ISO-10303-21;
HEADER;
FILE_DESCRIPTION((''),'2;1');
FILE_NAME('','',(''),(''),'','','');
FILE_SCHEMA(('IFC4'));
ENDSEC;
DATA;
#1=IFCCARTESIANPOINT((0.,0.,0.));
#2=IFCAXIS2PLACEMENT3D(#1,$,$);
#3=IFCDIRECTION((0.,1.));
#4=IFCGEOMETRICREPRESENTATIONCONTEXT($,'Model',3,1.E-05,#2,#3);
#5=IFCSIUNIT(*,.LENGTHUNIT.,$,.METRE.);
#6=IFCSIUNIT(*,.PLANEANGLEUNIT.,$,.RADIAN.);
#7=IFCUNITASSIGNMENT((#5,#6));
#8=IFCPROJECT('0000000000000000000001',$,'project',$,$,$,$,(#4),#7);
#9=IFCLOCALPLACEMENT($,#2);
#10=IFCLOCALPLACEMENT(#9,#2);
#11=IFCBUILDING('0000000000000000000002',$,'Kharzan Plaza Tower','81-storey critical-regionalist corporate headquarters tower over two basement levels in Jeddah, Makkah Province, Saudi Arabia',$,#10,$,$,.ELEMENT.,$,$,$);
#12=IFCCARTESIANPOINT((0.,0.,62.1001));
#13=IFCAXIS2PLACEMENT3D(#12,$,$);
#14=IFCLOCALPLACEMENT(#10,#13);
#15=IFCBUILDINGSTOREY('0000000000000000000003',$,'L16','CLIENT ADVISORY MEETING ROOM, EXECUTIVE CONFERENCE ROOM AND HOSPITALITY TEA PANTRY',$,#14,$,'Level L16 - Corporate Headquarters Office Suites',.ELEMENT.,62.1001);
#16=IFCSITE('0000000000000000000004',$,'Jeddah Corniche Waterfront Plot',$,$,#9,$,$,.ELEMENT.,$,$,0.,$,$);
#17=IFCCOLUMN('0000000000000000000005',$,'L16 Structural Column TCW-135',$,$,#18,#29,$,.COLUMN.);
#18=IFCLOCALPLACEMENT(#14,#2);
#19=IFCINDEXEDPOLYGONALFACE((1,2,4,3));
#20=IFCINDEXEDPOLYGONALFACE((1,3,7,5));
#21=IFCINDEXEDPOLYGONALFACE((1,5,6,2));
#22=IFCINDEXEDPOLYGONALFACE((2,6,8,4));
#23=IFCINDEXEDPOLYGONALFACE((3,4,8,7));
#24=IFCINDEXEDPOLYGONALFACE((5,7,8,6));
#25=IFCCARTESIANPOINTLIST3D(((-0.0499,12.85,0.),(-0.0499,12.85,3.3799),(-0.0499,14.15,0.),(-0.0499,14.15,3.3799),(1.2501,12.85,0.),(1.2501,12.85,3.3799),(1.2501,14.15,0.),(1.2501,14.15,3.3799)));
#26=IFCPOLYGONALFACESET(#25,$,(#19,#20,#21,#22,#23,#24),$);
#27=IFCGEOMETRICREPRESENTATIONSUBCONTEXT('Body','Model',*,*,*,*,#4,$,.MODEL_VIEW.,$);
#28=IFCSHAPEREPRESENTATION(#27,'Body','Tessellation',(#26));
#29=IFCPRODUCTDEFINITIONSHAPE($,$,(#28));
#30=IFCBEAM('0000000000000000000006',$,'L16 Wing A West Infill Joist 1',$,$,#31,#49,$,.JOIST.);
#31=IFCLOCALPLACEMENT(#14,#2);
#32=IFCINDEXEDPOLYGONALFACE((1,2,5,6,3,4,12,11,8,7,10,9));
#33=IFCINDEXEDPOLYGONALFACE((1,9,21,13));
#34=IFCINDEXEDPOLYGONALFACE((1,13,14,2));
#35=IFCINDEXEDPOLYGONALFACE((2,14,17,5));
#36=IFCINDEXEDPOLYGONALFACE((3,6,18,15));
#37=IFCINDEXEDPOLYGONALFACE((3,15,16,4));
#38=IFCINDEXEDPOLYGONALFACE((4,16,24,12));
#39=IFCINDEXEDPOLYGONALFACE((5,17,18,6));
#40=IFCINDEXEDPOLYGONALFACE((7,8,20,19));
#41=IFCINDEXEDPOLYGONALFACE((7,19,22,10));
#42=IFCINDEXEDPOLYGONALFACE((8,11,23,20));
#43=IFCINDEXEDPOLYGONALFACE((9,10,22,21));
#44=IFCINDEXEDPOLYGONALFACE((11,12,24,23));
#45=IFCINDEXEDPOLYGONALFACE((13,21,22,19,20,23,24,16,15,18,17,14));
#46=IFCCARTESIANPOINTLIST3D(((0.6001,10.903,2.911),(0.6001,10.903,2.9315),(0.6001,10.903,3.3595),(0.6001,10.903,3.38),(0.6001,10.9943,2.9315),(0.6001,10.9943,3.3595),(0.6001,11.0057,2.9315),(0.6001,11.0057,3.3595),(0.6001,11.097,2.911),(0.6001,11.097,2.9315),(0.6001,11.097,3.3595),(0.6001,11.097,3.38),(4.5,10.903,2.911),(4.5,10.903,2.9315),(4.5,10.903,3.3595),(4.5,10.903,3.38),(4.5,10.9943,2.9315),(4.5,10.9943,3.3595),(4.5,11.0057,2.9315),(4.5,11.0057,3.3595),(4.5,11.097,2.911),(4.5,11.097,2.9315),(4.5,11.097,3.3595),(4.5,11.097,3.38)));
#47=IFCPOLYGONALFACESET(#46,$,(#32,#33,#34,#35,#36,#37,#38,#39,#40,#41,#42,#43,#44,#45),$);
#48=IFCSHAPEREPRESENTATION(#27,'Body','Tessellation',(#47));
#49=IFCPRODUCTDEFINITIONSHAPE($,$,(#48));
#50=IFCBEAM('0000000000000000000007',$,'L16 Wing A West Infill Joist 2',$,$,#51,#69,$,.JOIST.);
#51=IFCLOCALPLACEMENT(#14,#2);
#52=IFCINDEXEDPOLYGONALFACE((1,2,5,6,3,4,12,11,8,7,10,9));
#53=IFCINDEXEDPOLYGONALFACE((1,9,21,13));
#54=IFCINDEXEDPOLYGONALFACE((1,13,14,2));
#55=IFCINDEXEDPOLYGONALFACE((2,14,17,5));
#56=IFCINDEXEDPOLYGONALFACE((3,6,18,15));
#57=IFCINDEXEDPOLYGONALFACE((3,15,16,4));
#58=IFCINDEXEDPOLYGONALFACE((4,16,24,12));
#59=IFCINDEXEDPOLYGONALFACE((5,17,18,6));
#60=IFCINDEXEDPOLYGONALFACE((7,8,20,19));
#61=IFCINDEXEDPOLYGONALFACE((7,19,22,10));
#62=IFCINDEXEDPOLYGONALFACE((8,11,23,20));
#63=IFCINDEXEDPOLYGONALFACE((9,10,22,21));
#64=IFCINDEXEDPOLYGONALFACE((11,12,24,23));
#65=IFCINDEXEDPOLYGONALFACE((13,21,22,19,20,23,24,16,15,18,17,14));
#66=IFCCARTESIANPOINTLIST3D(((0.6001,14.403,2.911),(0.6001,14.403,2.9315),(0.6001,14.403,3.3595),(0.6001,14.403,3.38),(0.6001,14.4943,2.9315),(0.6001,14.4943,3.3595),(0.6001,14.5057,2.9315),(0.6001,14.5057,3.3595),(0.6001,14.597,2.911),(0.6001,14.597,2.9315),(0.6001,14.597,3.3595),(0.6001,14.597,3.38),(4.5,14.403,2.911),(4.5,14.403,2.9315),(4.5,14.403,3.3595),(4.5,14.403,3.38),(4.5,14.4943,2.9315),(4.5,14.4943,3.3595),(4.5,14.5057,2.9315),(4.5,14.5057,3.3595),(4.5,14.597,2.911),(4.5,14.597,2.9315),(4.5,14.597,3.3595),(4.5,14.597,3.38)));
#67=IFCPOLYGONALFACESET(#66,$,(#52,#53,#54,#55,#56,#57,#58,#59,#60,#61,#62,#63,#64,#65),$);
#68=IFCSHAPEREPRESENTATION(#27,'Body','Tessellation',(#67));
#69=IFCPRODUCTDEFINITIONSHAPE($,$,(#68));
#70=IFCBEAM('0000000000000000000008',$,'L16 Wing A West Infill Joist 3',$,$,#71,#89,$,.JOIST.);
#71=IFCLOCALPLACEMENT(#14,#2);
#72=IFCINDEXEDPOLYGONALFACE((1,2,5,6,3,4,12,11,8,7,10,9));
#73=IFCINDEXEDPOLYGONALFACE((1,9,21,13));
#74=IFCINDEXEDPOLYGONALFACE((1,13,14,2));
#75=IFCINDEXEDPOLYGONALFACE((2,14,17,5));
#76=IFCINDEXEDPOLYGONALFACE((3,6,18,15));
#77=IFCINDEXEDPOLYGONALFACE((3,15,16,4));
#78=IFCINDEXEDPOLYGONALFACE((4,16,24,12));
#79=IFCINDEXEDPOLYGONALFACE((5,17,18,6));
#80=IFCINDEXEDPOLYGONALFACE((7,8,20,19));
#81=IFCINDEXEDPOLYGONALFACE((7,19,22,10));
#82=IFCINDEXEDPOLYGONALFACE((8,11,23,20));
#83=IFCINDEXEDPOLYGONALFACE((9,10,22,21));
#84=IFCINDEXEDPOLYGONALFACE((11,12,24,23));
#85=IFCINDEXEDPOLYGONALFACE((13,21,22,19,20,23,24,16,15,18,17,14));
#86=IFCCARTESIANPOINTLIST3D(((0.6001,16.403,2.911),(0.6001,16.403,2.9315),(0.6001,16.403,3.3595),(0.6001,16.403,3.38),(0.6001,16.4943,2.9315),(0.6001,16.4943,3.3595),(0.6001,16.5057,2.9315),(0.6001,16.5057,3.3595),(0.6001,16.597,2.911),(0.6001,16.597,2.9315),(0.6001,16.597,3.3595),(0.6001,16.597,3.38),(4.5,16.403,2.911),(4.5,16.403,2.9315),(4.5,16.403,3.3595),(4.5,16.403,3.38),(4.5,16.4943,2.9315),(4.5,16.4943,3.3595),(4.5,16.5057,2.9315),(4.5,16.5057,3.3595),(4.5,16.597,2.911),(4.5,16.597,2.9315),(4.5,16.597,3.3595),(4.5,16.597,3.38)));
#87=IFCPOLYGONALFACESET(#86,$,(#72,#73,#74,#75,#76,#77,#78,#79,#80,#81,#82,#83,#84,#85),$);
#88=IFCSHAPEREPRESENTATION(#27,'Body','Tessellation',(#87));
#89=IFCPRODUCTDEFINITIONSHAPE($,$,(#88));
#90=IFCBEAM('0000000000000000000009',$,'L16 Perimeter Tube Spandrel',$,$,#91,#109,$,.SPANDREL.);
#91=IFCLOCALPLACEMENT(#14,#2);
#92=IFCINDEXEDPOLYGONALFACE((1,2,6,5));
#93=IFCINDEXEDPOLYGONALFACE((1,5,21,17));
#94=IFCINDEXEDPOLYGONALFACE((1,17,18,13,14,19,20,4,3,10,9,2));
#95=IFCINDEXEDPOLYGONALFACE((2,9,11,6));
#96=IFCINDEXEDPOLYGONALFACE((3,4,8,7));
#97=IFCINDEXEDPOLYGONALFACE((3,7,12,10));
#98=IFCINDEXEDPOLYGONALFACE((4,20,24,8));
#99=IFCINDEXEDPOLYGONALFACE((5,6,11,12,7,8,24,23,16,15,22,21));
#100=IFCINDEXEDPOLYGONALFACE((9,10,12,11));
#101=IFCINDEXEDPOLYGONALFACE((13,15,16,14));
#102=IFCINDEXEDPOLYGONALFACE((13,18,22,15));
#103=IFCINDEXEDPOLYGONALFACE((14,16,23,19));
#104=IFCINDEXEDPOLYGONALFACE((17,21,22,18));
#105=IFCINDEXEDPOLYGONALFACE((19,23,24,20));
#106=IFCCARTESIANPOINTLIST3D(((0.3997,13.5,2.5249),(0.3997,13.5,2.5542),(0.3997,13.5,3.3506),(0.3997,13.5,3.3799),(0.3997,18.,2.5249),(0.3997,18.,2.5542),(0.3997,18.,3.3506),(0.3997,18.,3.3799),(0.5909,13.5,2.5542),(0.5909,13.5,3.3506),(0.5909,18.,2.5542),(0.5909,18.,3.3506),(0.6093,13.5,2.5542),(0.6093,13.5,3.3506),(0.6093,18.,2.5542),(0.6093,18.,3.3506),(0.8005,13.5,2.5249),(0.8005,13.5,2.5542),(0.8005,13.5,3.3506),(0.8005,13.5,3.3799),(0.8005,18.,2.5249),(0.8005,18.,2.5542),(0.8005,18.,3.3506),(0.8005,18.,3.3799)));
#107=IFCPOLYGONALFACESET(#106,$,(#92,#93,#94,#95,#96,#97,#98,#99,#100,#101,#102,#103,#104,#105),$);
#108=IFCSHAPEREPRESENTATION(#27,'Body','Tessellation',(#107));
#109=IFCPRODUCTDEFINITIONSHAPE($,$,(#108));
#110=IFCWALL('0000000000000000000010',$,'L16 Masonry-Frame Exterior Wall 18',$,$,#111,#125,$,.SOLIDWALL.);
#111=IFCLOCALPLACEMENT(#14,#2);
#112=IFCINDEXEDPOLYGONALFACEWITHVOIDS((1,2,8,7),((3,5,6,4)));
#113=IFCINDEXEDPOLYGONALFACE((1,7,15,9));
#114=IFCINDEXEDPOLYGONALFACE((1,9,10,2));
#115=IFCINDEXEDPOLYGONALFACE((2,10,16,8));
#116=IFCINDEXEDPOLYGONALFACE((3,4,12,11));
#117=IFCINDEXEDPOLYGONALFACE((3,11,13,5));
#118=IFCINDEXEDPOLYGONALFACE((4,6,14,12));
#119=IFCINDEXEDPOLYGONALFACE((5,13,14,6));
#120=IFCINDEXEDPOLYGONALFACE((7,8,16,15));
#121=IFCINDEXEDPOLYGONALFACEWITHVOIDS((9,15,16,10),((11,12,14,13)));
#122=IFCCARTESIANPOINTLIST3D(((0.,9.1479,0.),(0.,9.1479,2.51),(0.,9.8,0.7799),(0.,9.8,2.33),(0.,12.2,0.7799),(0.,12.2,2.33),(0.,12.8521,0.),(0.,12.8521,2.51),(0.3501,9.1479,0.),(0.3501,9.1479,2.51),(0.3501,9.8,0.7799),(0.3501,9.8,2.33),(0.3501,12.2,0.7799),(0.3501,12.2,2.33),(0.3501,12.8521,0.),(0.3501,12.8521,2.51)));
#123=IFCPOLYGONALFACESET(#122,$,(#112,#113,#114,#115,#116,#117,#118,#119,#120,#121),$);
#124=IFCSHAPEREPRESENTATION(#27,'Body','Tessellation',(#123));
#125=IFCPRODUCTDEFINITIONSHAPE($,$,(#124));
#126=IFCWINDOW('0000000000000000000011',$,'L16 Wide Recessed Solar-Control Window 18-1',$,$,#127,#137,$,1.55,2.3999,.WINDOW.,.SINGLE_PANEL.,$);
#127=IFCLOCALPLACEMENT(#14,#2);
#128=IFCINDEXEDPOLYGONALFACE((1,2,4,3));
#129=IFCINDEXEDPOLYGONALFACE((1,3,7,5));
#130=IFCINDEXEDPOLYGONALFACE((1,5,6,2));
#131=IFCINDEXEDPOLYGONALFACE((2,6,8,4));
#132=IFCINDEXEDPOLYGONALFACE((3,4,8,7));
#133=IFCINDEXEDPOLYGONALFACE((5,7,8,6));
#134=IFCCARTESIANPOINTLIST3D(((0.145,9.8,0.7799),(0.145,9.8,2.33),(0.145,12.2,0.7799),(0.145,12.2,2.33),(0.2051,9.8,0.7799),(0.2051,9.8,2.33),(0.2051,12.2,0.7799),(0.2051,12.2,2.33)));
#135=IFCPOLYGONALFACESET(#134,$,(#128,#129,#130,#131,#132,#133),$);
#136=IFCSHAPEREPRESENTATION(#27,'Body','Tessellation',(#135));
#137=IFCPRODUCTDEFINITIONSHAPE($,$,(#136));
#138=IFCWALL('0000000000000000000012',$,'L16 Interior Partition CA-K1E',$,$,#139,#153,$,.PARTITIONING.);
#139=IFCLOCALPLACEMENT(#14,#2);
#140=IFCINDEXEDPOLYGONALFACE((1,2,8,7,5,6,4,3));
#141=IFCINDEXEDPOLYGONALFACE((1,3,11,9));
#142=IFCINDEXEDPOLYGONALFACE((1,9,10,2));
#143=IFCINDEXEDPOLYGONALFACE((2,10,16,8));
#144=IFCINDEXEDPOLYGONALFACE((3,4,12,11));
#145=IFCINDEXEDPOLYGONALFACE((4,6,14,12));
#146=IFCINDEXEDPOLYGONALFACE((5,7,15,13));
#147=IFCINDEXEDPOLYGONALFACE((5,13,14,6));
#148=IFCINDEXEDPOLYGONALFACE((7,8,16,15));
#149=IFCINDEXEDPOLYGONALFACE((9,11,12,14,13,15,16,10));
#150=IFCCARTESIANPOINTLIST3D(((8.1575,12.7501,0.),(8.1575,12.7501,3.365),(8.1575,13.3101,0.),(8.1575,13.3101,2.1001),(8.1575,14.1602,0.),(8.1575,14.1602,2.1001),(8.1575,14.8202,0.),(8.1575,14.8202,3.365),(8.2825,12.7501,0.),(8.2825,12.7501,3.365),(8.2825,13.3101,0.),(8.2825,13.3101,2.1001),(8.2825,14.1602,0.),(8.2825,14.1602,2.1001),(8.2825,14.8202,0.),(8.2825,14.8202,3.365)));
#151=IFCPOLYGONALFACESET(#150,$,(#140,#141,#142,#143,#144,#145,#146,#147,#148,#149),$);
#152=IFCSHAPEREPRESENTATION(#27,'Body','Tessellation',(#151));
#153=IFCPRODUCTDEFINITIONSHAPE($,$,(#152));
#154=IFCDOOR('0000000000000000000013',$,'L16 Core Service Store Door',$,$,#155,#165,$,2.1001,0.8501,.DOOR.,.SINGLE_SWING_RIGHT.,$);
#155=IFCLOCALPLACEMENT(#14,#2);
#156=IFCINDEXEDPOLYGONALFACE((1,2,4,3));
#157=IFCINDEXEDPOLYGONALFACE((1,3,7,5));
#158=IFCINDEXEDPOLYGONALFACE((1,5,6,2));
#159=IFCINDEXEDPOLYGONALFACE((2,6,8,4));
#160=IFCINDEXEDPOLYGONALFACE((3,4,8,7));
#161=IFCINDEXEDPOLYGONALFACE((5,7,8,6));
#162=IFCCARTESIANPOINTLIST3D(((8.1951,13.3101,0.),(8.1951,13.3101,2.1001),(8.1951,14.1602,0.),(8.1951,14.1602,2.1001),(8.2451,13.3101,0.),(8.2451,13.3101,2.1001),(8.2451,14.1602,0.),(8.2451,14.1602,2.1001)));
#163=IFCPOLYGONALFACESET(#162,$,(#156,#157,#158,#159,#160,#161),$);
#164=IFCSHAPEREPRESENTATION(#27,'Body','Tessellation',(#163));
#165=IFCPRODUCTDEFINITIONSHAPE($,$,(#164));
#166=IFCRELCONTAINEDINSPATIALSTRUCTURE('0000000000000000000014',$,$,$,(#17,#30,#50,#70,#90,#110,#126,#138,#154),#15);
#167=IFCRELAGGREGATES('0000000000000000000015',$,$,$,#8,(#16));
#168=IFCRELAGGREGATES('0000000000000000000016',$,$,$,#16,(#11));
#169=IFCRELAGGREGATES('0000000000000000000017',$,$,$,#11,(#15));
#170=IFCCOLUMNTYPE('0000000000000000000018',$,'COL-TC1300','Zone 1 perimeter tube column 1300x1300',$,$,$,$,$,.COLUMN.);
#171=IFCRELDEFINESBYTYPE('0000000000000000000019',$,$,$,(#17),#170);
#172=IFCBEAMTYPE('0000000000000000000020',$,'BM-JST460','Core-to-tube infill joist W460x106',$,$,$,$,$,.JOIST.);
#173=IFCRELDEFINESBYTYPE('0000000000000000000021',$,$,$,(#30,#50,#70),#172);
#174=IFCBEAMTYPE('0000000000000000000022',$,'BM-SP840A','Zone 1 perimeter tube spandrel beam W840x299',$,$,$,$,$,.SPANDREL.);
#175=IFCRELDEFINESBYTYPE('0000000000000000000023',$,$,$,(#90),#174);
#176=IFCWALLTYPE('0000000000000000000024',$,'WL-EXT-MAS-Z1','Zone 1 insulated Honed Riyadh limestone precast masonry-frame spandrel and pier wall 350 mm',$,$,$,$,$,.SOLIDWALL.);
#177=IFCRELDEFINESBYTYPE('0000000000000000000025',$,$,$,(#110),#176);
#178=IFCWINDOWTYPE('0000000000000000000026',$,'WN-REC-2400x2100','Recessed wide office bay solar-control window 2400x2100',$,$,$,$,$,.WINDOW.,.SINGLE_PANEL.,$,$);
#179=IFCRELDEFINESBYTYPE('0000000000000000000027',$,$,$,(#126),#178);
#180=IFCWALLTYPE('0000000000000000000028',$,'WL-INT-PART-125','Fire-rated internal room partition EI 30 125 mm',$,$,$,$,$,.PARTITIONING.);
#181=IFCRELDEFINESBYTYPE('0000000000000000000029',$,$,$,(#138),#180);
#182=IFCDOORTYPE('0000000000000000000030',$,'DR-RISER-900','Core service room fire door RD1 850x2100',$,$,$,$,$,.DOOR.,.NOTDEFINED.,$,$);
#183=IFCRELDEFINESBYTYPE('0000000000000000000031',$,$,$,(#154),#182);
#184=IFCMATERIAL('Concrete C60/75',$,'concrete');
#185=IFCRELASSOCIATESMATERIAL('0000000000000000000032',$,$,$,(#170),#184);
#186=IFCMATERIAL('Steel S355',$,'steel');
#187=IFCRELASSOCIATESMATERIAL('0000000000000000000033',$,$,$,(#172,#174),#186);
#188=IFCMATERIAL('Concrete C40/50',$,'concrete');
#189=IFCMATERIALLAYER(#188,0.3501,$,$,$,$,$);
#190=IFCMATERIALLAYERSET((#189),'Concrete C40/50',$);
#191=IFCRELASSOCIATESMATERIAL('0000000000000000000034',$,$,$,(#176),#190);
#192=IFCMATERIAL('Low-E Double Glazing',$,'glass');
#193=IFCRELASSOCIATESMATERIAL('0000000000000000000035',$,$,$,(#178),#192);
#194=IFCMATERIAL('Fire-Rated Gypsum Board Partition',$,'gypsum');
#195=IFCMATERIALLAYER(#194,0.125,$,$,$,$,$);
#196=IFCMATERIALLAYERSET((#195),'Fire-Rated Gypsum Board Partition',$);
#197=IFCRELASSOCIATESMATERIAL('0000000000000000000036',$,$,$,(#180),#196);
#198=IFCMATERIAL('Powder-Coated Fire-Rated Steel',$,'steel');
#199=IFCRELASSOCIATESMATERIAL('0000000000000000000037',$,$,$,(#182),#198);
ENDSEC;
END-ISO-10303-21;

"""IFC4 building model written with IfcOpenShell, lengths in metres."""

from ifc_helpers import new_model, si_unit, direction, frame, frame_2d, origin, origin_2d, place, context, subcontext, project, spatial, rectangle, i_section, extrude, source, transform, mapped, material, layer, layer_set, material_profile, profile_set, type_object, element, fill, save


model = new_model("IFC4")

# Units and contexts
model_context = context("Model", 3, precision=1e-05, world=origin(), true_north=direction((0.0, 1.0)))
body_context = subcontext(model_context, "Body", "Model", "MODEL_VIEW")
ifc_project = project(units=[si_unit("LENGTHUNIT", "METRE"), si_unit("PLANEANGLEUNIT", "RADIAN")], contexts=[model_context])

# Site, building, storey
site_placement = place(None, origin())
site = spatial("IfcSite", under=ifc_project, at=site_placement, Name="Jeddah Corniche Waterfront Plot", CompositionType="ELEMENT", RefElevation=0.0)
building_placement = place(site_placement, origin())
building = spatial("IfcBuilding", under=site, at=building_placement, Name="Kharzan Plaza Tower", Description="81-storey critical-regionalist corporate headquarters tower over two basement levels in Jeddah, Makkah Province, Saudi Arabia", CompositionType="ELEMENT")
storey_placement = place(building_placement, frame((0.0, 0.0, 62.1001)))
storey = spatial("IfcBuildingStorey", under=building, at=storey_placement, Name="L16", Description="CLIENT ADVISORY MEETING ROOM, EXECUTIVE CONFERENCE ROOM AND HOSPITALITY TEA PANTRY", LongName="Level L16 - Corporate Headquarters Office Suites", CompositionType="ELEMENT", Elevation=62.1001)

# Column
ifc_material_1 = material(Name="Concrete C60/75", Category="concrete")
ifc_material_profile_1 = material_profile(ifc_material_1, rectangle(XDim=1.3, YDim=1.3, at=origin_2d()), Name="RC-TC1300x1300")
ifc_profile_set_1 = profile_set([ifc_material_profile_1], Name="Concrete C60/75")
column_type = type_object("IfcColumnType", Name="COL-TC1300", Description="Zone 1 perimeter tube column 1300x1300", PredefinedType="COLUMN", material=ifc_profile_set_1)
shared_shape_1 = source(origin(), body_context, "Body", "SweptSolid", [
    extrude(rectangle(XDim=1.3, YDim=1.3, at=origin_2d()), origin(), (0.0, 0.0, 1.0), 3.3799),
])
column_placement = place(storey_placement, frame((0.6001, 13.5, 0.0), z_axis=(0.0, 0.0, 1.0), x_axis=(1.0, 0.0, 0.0)))
element("IfcColumn", 1, at=column_placement, inside=storey, type_object=column_type, Name="L16 Structural Column TCW-135", PredefinedType="COLUMN", context=body_context, shape_type="MappedRepresentation", body=[
    mapped(shared_shape_1, transform((0.0, 0.0, 0.0), x_axis=(1.0, 0.0, 0.0), y_axis=(0.0, 1.0, 0.0), z_axis=(0.0, 0.0, 1.0))),
])

# Beams
ifc_material_2 = material(Name="Steel S355", Category="steel")
ifc_material_profile_2 = material_profile(ifc_material_2, i_section(OverallWidth=0.1941, OverallDepth=0.469, WebThickness=0.0115, FlangeThickness=0.0205, at=origin_2d()), Name="W460x106")
ifc_profile_set_2 = profile_set([ifc_material_profile_2], Name="Steel S355")
beam_type_1 = type_object("IfcBeamType", Name="BM-JST460", Description="Core-to-tube infill joist W460x106", PredefinedType="JOIST", material=ifc_profile_set_2)
shared_shape_2 = source(origin(), body_context, "Body", "SweptSolid", [
    extrude(i_section(OverallWidth=0.1941, OverallDepth=0.469, WebThickness=0.0115, FlangeThickness=0.0205, at=origin_2d()), origin(), (0.0, 0.0, 1.0), 3.8999),
])
for number, where, z_axis, x_axis, name in (
    (2, (0.6001, 11.0, 3.1455), (1.0, 0.0, 0.0), (0.0, 1.0, 0.0), "L16 Wing A West Infill Joist 1"),
    (3, (0.6001, 14.5, 3.1455), (1.0, 0.0, 0.0), (0.0, 1.0, 0.0), "L16 Wing A West Infill Joist 2"),
    (4, (0.6001, 16.5, 3.1455), (1.0, 0.0, 0.0), (0.0, 1.0, 0.0), "L16 Wing A West Infill Joist 3"),
):
    element("IfcBeam", number, at=place(storey_placement, frame(where, z_axis=z_axis, x_axis=x_axis)), inside=storey, type_object=beam_type_1, Name=name, PredefinedType="JOIST", context=body_context, shape_type="MappedRepresentation", body=[
        mapped(shared_shape_2, transform((0.0, 0.0, 0.0), x_axis=(1.0, 0.0, 0.0), y_axis=(0.0, 1.0, 0.0), z_axis=(0.0, 0.0, 1.0))),
    ])
ifc_material_profile_3 = material_profile(ifc_material_2, i_section(OverallWidth=0.4009, OverallDepth=0.855, WebThickness=0.0183, FlangeThickness=0.0293, at=origin_2d()), Name="W840x299")
ifc_profile_set_3 = profile_set([ifc_material_profile_3], Name="Steel S355")
beam_type_2 = type_object("IfcBeamType", Name="BM-SP840A", Description="Zone 1 perimeter tube spandrel beam W840x299", PredefinedType="SPANDREL", material=ifc_profile_set_3)
shared_shape_3 = source(origin(), body_context, "Body", "SweptSolid", [
    extrude(i_section(OverallWidth=0.4009, OverallDepth=0.855, WebThickness=0.0183, FlangeThickness=0.0293, at=origin_2d()), origin(), (0.0, 0.0, 1.0), 4.5),
])
beam_placement = place(storey_placement, frame((0.6001, 13.5, 2.9524), z_axis=(0.0, 1.0, 0.0), x_axis=(-1.0, 0.0, 0.0)))
element("IfcBeam", 5, at=beam_placement, inside=storey, type_object=beam_type_2, Name="L16 Perimeter Tube Spandrel", PredefinedType="SPANDREL", context=body_context, shape_type="MappedRepresentation", body=[
    mapped(shared_shape_3, transform((0.0, 0.0, 0.0), x_axis=(1.0, 0.0, 0.0), y_axis=(0.0, 1.0, 0.0), z_axis=(0.0, 0.0, 1.0))),
])

# Wall, opening, window
ifc_material_3 = material(Name="Concrete C40/50", Category="concrete")
ifc_layer_1 = layer(ifc_material_3, 0.3501)
ifc_layer_set_1 = layer_set([ifc_layer_1], Name="Concrete C40/50")
wall_type_1 = type_object("IfcWallType", Name="WL-EXT-MAS-Z1", Description="Zone 1 insulated Honed Riyadh limestone precast masonry-frame spandrel and pier wall 350 mm", PredefinedType="SOLIDWALL", material=ifc_layer_set_1)
wall_1_placement = place(storey_placement, frame((0.175, 12.8521, 0.0), z_axis=(0.0, 0.0, 1.0), x_axis=(0.0, -1.0, 0.0)))
wall_1 = element("IfcWall", 6, at=wall_1_placement, inside=storey, type_object=wall_type_1, Name="L16 Masonry-Frame Exterior Wall 18", PredefinedType="SOLIDWALL", context=body_context, shape_type="SweptSolid", body=[
    extrude(rectangle(XDim=3.7041, YDim=0.3501, at=frame_2d((1.8521, 0.0))), origin(), (0.0, 0.0, 1.0), 2.51),
])
opening_1_placement = place(wall_1_placement, frame((0.6521, 0.0, 0.78)))
opening_1 = element("IfcOpeningElement", 7, at=opening_1_placement, cuts=wall_1, PredefinedType="OPENING", context=body_context, shape_type="SweptSolid", body=[
    extrude(rectangle(XDim=2.3999, YDim=1.55, at=frame_2d((1.2, 0.7749))), frame((0.0, 0.1851, 0.0), z_axis=(0.0, -1.0, 0.0), x_axis=(1.0, 0.0, 0.0)), (0.0, 0.0, 1.0), 0.3701),
])
ifc_material_4 = material(Name="Low-E Double Glazing", Category="glass")
window_type = type_object("IfcWindowType", Name="WN-REC-2400x2100", Description="Recessed wide office bay solar-control window 2400x2100", PartitioningType="SINGLE_PANEL", PredefinedType="WINDOW", material=ifc_material_4)
shared_shape_4 = source(origin(), body_context, "Body", "SweptSolid", [
    extrude(rectangle(XDim=2.3999, YDim=1.55, at=frame_2d((1.2, 0.7749))), frame((0.0, 0.03, 0.0), z_axis=(0.0, -1.0, 0.0), x_axis=(1.0, 0.0, 0.0)), (0.0, 0.0, 1.0), 0.0601),
])
window_placement = place(opening_1_placement, origin())
window = element("IfcWindow", 8, at=window_placement, inside=storey, type_object=window_type, Name="L16 Wide Recessed Solar-Control Window 18-1", OverallHeight=1.55, OverallWidth=2.3999, PartitioningType="SINGLE_PANEL", PredefinedType="WINDOW", context=body_context, shape_type="MappedRepresentation", body=[
    mapped(shared_shape_4, transform((0.0, 0.0, 0.0), x_axis=(1.0, 0.0, 0.0), y_axis=(0.0, 1.0, 0.0), z_axis=(0.0, 0.0, 1.0))),
])
fill(opening_1, window)

# Wall, opening, door
ifc_material_5 = material(Name="Fire-Rated Gypsum Board Partition", Category="gypsum")
ifc_layer_2 = layer(ifc_material_5, 0.125)
ifc_layer_set_2 = layer_set([ifc_layer_2], Name="Fire-Rated Gypsum Board Partition")
wall_type_2 = type_object("IfcWallType", Name="WL-INT-PART-125", Description="Fire-rated internal room partition EI 30 125 mm", PredefinedType="PARTITIONING", material=ifc_layer_set_2)
wall_2_placement = place(storey_placement, frame((8.22, 12.75, 0.0), z_axis=(0.0, 0.0, 1.0), x_axis=(0.0, 1.0, 0.0)))
wall_2 = element("IfcWall", 9, at=wall_2_placement, inside=storey, type_object=wall_type_2, Name="L16 Interior Partition CA-K1E", PredefinedType="PARTITIONING", context=body_context, shape_type="SweptSolid", body=[
    extrude(rectangle(XDim=2.0701, YDim=0.125, at=frame_2d((1.0352, 0.0))), origin(), (0.0, 0.0, 1.0), 3.365),
])
opening_2_placement = place(wall_2_placement, frame((0.5601, 0.0, 0.0)))
opening_2 = element("IfcOpeningElement", 10, at=opening_2_placement, cuts=wall_2, PredefinedType="OPENING", context=body_context, shape_type="SweptSolid", body=[
    extrude(rectangle(XDim=0.8501, YDim=2.1001, at=frame_2d((0.425, 1.05))), frame((0.0, 0.0725, 0.0), z_axis=(0.0, -1.0, 0.0), x_axis=(1.0, 0.0, 0.0)), (0.0, 0.0, 1.0), 0.145),
])
ifc_material_6 = material(Name="Powder-Coated Fire-Rated Steel", Category="steel")
door_type_1 = type_object("IfcDoorType", Name="DR-RISER-900", Description="Core service room fire door RD1 850x2100", OperationType="NOTDEFINED", PredefinedType="DOOR", material=ifc_material_6)
shared_shape_5 = source(origin(), body_context, "Body", "SweptSolid", [
    extrude(rectangle(XDim=0.8501, YDim=2.1001, at=frame_2d((0.425, 1.05))), frame((0.0, 0.0249, 0.0), z_axis=(0.0, -1.0, 0.0), x_axis=(1.0, 0.0, 0.0)), (0.0, 0.0, 1.0), 0.05),
])
door_1_placement = place(opening_2_placement, origin())
door_1 = element("IfcDoor", 11, at=door_1_placement, inside=storey, type_object=door_type_1, Name="L16 Core Service Store Door", OperationType="SINGLE_SWING_RIGHT", OverallHeight=2.1001, OverallWidth=0.8501, PredefinedType="DOOR", context=body_context, shape_type="MappedRepresentation", body=[
    mapped(shared_shape_5, transform((0.0, 0.0, 0.0), x_axis=(1.0, 0.0, 0.0), y_axis=(0.0, 1.0, 0.0), z_axis=(0.0, 0.0, 1.0))),
])
fill(opening_2, door_1)

save(model, "model.ifc")
